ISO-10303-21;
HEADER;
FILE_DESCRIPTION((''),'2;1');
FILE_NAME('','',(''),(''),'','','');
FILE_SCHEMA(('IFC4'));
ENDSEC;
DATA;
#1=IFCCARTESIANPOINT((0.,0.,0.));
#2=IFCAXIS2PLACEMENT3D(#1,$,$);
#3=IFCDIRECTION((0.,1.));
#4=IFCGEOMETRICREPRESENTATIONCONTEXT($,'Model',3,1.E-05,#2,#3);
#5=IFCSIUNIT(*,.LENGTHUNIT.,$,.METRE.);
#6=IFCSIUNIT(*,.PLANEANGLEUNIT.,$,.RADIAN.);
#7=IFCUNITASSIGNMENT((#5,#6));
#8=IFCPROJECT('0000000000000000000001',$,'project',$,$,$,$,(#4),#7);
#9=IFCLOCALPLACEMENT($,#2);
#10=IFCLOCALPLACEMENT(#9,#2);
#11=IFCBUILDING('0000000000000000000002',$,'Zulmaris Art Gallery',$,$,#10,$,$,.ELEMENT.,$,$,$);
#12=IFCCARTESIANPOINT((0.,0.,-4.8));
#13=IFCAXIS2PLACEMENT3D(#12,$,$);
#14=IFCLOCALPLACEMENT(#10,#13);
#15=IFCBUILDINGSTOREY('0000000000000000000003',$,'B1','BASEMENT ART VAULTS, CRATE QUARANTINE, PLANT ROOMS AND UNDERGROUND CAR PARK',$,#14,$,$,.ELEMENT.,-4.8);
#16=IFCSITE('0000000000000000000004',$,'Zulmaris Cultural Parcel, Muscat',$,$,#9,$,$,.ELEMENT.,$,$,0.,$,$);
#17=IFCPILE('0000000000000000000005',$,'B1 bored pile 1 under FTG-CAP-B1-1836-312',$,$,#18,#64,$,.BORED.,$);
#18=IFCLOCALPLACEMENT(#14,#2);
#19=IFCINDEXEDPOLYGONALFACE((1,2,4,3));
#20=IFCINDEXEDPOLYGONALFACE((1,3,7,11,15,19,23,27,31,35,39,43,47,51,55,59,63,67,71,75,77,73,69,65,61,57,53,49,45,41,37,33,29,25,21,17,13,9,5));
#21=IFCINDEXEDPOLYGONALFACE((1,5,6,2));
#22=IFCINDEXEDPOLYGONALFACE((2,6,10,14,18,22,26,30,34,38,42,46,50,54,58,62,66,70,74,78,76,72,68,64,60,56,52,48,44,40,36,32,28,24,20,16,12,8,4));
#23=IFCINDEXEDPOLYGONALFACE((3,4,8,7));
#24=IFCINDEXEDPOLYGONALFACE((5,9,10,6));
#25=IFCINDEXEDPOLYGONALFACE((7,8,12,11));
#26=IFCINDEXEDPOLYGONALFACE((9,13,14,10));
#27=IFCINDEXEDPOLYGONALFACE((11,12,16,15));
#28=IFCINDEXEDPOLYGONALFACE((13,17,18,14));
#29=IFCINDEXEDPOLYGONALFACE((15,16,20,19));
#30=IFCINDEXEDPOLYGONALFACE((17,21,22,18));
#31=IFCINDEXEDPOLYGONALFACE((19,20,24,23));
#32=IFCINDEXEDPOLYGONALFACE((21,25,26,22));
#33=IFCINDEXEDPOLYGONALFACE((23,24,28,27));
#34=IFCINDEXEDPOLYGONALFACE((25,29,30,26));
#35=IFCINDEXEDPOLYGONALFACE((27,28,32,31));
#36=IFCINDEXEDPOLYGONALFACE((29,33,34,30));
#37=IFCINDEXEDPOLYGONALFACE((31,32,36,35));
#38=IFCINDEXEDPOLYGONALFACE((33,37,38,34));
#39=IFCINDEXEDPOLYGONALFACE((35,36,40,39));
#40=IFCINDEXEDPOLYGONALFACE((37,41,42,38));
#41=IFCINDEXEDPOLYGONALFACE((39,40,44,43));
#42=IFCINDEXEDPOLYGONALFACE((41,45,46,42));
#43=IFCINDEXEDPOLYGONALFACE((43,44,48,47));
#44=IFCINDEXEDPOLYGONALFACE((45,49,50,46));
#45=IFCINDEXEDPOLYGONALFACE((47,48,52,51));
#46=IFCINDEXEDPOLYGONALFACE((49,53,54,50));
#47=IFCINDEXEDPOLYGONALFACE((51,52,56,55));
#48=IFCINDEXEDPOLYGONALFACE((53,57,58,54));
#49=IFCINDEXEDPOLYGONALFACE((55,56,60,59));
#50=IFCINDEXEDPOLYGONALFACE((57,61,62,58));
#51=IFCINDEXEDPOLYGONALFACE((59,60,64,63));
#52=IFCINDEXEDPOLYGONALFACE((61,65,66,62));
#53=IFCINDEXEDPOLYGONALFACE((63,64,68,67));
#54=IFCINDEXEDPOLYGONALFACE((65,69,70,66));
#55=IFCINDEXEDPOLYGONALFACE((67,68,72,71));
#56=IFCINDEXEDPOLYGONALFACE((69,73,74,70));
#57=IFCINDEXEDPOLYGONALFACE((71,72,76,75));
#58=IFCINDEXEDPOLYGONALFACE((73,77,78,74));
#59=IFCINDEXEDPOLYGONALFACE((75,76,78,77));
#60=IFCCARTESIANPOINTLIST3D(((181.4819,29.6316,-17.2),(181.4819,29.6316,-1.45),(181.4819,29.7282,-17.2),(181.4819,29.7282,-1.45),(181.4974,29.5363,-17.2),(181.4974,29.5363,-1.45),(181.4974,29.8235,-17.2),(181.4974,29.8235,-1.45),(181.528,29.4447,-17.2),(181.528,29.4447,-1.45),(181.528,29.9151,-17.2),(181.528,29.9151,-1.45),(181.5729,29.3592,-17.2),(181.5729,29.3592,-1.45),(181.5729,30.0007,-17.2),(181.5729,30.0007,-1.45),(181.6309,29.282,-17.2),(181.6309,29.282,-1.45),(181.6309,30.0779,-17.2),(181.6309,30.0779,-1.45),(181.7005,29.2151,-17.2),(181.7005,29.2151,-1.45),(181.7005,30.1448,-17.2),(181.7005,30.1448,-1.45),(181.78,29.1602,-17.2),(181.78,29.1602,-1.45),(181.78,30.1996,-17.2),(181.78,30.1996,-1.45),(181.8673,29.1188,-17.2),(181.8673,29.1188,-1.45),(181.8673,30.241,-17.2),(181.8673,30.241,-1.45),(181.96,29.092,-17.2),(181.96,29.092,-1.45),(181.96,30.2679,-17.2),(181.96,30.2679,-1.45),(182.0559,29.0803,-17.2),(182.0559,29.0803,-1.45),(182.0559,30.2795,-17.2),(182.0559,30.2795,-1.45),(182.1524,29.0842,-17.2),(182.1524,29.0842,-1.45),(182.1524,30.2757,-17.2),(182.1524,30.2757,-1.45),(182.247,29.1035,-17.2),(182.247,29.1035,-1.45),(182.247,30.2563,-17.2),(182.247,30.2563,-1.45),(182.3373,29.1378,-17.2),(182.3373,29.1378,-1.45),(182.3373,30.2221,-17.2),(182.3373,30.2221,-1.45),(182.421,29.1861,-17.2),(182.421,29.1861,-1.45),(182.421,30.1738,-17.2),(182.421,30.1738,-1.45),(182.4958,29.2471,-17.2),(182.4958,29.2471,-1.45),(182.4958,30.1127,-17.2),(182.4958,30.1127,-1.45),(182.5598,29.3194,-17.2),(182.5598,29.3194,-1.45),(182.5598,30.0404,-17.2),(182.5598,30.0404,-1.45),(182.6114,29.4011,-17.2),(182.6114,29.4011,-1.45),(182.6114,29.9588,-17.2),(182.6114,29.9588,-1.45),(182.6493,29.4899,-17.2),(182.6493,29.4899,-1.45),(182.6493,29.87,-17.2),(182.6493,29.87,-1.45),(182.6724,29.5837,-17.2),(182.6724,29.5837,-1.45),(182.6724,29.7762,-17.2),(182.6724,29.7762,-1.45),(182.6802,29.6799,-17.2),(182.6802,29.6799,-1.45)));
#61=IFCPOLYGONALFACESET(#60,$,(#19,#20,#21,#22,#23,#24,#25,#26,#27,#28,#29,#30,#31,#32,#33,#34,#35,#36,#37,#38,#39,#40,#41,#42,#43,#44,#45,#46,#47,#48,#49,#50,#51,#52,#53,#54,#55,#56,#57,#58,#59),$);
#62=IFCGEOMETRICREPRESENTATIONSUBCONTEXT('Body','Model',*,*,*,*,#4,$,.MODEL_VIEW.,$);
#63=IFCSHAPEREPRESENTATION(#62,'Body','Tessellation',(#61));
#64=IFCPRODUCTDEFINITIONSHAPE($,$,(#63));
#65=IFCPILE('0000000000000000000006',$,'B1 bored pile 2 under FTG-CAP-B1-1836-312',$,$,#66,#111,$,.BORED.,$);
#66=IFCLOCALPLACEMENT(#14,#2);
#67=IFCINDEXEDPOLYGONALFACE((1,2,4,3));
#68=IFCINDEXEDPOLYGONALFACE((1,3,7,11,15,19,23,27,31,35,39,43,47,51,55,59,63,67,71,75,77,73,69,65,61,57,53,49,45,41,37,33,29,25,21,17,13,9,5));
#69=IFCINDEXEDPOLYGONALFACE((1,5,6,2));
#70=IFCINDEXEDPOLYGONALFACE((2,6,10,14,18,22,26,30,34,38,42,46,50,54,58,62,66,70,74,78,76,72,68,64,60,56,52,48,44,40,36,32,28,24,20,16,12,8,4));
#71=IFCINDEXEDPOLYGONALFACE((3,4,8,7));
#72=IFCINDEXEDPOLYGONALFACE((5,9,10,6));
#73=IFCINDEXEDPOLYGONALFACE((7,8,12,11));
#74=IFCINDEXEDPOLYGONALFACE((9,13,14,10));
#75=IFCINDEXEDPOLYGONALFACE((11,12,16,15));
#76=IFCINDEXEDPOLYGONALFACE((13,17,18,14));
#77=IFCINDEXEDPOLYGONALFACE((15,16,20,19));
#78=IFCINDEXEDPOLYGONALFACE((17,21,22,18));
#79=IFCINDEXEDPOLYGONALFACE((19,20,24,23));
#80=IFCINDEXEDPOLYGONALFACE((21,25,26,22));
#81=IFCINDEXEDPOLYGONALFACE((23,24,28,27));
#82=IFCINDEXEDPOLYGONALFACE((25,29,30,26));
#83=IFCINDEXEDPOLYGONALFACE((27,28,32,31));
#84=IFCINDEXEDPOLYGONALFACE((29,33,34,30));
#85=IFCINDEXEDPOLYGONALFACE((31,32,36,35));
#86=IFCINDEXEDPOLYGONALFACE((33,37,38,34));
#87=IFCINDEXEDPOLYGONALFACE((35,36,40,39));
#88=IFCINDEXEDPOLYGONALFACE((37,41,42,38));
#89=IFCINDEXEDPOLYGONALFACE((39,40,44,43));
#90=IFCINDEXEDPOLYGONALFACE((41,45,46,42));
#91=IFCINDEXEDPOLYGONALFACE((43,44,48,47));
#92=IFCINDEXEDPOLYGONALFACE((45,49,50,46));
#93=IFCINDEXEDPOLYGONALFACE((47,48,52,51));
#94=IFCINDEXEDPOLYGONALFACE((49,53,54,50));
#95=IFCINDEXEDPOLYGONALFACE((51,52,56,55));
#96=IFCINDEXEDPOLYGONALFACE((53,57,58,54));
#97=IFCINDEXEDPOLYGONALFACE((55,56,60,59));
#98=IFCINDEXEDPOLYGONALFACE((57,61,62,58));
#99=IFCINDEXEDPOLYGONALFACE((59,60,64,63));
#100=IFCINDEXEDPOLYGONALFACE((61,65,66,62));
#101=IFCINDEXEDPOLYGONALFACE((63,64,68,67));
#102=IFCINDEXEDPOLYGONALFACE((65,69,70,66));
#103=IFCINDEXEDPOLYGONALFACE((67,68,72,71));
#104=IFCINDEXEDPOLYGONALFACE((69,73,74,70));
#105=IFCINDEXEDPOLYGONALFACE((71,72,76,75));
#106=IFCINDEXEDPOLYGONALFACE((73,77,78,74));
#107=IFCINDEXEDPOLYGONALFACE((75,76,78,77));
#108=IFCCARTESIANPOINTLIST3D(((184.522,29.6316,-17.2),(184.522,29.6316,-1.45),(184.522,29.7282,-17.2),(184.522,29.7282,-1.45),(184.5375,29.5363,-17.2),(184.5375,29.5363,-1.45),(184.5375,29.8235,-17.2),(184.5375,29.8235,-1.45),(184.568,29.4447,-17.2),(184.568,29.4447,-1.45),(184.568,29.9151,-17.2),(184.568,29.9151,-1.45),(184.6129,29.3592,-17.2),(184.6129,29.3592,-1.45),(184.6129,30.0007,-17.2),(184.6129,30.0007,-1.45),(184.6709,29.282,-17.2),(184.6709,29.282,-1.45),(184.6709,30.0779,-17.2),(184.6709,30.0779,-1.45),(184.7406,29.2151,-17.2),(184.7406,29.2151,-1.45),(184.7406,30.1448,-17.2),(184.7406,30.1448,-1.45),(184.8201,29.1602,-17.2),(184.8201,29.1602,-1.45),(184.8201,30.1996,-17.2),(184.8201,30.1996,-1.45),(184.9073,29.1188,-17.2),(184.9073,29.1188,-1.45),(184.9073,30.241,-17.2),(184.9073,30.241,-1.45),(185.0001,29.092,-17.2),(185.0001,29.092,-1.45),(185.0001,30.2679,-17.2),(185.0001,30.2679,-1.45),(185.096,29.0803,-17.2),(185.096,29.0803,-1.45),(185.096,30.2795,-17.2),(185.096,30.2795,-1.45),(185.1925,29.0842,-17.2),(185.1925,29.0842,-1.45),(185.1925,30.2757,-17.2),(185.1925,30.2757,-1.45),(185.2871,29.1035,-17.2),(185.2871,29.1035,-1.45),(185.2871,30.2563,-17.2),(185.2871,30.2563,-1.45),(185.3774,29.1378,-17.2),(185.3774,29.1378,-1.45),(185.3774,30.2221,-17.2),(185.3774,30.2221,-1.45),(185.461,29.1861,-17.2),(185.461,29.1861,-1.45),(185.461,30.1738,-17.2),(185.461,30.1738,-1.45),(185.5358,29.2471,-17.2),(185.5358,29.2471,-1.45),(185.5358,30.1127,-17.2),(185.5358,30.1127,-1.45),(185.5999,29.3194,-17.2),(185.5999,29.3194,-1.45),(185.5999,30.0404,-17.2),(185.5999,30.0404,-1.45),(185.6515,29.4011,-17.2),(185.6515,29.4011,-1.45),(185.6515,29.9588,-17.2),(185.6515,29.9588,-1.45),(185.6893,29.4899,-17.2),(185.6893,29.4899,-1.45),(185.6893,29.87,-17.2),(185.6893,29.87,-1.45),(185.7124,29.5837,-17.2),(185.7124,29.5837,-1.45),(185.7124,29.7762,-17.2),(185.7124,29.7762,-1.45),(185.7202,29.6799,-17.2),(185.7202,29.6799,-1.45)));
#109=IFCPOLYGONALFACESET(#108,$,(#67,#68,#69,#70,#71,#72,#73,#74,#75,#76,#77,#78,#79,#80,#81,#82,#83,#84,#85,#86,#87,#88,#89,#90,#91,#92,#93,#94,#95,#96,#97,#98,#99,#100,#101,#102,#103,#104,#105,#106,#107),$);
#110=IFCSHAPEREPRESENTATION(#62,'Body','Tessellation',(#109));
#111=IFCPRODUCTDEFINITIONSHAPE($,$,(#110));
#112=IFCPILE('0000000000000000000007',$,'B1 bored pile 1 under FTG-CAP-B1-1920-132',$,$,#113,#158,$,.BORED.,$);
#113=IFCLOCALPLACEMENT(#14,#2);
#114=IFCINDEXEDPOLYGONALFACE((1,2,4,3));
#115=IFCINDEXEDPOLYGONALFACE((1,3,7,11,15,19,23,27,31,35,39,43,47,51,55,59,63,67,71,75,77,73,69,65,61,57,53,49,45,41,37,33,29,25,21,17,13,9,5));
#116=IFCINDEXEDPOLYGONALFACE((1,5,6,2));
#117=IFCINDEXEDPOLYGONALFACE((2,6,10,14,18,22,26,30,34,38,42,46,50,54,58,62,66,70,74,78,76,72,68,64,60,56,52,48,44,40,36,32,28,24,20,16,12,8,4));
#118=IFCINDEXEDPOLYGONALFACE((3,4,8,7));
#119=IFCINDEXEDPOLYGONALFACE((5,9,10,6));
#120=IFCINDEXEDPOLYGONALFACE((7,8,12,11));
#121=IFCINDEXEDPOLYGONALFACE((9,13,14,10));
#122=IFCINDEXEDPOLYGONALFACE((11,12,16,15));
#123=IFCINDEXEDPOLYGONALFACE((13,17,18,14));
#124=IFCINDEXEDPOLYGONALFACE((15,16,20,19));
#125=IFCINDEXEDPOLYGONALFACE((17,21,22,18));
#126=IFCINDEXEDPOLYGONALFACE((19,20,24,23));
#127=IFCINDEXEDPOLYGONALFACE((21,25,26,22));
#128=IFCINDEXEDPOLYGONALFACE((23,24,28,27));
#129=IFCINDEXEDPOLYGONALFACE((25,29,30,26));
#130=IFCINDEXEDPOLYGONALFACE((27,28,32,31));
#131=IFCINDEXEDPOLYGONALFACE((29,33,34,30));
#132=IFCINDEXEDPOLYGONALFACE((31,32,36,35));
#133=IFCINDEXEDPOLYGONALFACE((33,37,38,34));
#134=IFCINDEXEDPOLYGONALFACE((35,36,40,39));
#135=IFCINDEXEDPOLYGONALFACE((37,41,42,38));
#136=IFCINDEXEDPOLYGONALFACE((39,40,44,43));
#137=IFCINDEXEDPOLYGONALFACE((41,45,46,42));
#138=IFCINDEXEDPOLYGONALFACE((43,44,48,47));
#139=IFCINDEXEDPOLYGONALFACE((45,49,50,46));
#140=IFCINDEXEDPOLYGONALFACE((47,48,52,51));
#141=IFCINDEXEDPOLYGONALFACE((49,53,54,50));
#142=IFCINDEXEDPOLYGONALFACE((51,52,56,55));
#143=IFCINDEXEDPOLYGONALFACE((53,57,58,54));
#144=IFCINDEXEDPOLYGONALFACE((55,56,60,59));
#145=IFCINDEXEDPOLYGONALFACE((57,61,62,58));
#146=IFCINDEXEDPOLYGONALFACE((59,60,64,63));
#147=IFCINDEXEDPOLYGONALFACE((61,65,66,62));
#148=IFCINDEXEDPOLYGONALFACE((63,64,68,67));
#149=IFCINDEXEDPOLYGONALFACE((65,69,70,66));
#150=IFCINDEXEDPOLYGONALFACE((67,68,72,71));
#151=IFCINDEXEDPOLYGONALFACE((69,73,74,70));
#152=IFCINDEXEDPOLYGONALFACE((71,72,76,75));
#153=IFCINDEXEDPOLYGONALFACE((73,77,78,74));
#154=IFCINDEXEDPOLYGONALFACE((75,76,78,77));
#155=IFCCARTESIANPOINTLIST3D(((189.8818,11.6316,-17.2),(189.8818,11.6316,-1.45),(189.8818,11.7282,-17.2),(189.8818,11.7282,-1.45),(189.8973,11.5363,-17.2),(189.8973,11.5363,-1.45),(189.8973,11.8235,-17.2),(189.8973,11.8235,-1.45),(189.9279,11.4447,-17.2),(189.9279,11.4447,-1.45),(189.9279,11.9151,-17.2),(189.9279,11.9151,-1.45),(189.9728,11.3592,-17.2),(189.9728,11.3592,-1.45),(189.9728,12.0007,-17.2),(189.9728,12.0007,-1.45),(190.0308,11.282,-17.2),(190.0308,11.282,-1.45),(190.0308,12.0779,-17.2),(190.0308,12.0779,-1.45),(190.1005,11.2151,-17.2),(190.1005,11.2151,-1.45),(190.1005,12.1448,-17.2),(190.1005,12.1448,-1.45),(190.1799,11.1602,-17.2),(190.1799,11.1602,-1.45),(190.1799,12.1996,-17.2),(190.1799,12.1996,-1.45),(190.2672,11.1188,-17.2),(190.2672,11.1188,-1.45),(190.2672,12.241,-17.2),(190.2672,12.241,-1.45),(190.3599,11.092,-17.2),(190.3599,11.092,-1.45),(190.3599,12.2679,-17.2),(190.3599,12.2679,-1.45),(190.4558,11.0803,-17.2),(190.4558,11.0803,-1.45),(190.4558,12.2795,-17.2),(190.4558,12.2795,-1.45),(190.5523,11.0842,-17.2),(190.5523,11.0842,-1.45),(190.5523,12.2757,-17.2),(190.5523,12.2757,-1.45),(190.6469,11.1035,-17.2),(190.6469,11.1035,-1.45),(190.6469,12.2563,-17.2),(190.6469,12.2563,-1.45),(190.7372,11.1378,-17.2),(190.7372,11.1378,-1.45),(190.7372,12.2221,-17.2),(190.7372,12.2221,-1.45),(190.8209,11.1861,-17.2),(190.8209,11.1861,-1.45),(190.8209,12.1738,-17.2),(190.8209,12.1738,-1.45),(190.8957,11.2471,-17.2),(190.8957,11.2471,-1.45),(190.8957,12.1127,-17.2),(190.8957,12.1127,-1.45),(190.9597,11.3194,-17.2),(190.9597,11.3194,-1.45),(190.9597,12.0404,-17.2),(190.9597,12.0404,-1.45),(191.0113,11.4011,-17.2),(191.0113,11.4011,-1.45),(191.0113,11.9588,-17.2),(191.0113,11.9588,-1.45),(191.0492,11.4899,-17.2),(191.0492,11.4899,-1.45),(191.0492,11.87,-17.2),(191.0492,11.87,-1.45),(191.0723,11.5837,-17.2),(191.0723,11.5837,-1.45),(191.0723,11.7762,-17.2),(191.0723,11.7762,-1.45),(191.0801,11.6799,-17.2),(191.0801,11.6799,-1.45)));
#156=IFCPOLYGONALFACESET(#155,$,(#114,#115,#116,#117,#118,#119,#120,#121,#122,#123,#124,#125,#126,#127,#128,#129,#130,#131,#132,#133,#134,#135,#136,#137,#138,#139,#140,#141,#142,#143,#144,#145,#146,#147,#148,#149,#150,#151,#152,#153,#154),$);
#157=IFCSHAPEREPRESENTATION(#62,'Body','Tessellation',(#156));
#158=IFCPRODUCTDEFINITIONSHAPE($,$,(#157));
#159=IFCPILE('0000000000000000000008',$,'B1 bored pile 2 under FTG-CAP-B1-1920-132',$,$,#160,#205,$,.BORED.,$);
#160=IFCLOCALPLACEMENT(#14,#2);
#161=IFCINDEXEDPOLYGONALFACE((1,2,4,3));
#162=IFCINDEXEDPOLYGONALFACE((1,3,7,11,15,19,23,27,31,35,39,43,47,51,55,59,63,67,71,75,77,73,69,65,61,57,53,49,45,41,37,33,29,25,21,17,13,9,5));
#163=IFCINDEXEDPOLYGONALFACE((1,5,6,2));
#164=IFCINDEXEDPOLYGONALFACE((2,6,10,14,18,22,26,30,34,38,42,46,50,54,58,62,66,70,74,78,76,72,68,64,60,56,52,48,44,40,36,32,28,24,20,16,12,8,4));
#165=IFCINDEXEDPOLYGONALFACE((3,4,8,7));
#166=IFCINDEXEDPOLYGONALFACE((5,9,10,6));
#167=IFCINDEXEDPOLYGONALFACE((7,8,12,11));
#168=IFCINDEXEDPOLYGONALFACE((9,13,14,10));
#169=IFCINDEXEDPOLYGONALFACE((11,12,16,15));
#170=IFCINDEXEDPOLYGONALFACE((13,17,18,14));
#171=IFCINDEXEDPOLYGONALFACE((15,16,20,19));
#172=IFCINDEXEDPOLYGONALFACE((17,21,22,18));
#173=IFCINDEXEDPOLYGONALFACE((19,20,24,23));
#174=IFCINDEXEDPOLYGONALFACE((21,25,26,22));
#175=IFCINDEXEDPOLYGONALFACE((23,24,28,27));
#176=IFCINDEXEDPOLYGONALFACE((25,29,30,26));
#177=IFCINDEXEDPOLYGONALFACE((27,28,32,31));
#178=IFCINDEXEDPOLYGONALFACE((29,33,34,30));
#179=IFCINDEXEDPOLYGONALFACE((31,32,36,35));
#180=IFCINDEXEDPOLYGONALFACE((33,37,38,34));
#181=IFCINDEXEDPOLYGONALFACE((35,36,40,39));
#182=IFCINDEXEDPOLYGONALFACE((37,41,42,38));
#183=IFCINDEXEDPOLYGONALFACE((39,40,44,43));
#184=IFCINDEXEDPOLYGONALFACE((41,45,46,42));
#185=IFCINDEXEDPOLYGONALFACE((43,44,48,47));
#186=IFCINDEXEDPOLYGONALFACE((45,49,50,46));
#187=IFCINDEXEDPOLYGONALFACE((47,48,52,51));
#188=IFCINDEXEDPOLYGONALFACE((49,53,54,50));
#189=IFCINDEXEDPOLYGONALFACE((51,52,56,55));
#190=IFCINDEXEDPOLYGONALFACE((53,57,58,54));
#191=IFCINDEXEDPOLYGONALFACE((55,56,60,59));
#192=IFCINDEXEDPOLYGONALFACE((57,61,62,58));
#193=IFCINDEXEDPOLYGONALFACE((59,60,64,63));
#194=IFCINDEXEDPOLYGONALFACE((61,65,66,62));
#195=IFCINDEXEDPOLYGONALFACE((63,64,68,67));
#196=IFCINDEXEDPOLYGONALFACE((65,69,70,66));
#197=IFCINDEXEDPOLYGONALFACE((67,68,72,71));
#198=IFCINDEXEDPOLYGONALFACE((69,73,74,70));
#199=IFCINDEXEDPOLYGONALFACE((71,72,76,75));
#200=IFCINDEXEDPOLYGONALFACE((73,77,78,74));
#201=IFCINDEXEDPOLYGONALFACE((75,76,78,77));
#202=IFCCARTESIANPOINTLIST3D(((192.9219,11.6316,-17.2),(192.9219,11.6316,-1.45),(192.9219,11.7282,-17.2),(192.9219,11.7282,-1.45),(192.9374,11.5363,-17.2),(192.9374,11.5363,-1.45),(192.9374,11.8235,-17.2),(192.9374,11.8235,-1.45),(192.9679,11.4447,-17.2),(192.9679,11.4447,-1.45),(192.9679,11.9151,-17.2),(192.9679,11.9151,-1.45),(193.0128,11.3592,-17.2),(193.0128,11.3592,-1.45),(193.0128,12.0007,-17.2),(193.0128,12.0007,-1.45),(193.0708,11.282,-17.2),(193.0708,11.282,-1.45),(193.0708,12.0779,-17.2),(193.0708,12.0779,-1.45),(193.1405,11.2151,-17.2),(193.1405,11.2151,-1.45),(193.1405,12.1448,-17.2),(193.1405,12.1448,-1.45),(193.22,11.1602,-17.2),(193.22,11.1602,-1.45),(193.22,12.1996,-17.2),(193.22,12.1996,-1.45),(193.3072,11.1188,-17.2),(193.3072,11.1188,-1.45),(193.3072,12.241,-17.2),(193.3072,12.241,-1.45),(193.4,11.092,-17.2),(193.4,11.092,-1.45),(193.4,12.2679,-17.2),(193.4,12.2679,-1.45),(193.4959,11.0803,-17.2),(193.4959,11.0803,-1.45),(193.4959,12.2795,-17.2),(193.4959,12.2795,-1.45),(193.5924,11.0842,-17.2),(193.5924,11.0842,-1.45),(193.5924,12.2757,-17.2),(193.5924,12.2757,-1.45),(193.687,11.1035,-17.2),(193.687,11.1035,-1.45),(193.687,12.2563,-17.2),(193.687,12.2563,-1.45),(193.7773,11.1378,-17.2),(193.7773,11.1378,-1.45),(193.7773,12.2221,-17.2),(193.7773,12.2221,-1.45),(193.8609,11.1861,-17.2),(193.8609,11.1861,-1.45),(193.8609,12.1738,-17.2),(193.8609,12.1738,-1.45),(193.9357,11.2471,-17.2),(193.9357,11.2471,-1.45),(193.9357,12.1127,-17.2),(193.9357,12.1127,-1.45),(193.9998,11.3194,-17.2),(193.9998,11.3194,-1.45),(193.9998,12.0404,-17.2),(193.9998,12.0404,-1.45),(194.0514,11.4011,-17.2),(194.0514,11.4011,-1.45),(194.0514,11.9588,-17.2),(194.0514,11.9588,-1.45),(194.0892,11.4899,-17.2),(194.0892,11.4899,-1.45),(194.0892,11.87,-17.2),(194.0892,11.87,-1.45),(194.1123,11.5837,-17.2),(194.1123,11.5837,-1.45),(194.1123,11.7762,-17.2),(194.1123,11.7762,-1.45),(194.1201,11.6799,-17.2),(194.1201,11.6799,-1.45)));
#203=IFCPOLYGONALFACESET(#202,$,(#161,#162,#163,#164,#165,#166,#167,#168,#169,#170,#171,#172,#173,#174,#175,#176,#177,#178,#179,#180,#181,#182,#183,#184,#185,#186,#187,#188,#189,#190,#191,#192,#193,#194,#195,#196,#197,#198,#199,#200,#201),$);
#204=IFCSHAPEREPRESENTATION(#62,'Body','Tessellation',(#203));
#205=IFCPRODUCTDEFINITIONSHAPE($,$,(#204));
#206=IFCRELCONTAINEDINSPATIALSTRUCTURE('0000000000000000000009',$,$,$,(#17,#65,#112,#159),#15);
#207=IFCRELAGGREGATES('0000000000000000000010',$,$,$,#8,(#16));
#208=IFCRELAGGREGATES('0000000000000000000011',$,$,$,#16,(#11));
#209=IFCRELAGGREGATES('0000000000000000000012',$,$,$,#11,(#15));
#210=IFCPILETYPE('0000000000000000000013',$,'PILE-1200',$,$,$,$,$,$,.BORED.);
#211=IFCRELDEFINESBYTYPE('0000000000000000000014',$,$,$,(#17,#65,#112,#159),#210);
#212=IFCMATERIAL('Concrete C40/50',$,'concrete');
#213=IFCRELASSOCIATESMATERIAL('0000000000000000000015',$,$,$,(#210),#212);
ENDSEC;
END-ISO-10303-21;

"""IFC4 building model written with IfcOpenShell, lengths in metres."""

from ifc_helpers import new_model, si_unit, direction, frame, origin, origin_2d, place, context, subcontext, project, spatial, circle, extrude, material, material_profile, profile_set, type_object, element, save


model = new_model("IFC4")

# Units and contexts
model_context = context("Model", 3, precision=1e-05, world=origin(), true_north=direction((0.0, 1.0)))
body_context = subcontext(model_context, "Body", "Model", "MODEL_VIEW")
ifc_project = project(units=[si_unit("LENGTHUNIT", "METRE"), si_unit("PLANEANGLEUNIT", "RADIAN")], contexts=[model_context])

# Site, building, storey
site_placement = place(None, origin())
site = spatial("IfcSite", under=ifc_project, at=site_placement, Name="Zulmaris Cultural Parcel, Muscat", CompositionType="ELEMENT", RefElevation=0.0)
building_placement = place(site_placement, origin())
building = spatial("IfcBuilding", under=site, at=building_placement, Name="Zulmaris Art Gallery", CompositionType="ELEMENT")
storey_placement = place(building_placement, frame((0.0, 0.0, -4.8)))
storey = spatial("IfcBuildingStorey", under=building, at=storey_placement, Name="B1", Description="BASEMENT ART VAULTS, CRATE QUARANTINE, PLANT ROOMS AND UNDERGROUND CAR PARK", CompositionType="ELEMENT", Elevation=-4.8)

# Piles
ifc_material_1 = material(Name="Concrete C40/50", Category="concrete")
ifc_material_profile_1 = material_profile(ifc_material_1, circle(Radius=0.6001, at=origin_2d()), Name="PILE DIA 1200")
ifc_profile_set_1 = profile_set([ifc_material_profile_1], Name="Concrete C40/50")
pile_type = type_object("IfcPileType", Name="PILE-1200", PredefinedType="BORED", material=ifc_profile_set_1)
for number, where, z_axis, x_axis, name in (
    (1, (182.0801, 29.6799, -1.45), (0.0, 0.0, -1.0), (1.0, 0.0, 0.0), "B1 bored pile 1 under FTG-CAP-B1-1836-312"),
    (2, (185.1201, 29.6799, -1.45), (0.0, 0.0, -1.0), (1.0, 0.0, 0.0), "B1 bored pile 2 under FTG-CAP-B1-1836-312"),
    (3, (190.48, 11.6799, -1.45), (0.0, 0.0, -1.0), (1.0, 0.0, 0.0), "B1 bored pile 1 under FTG-CAP-B1-1920-132"),
    (4, (193.52, 11.6799, -1.45), (0.0, 0.0, -1.0), (1.0, 0.0, 0.0), "B1 bored pile 2 under FTG-CAP-B1-1920-132"),
):
    element("IfcPile", number, at=place(storey_placement, frame(where, z_axis=z_axis, x_axis=x_axis)), inside=storey, type_object=pile_type, Name=name, PredefinedType="BORED", context=body_context, shape_type="SweptSolid", body=[
        extrude(circle(Radius=0.6001, at=origin_2d()), origin(), (0.0, 0.0, 1.0), 15.75),
    ])

save(model, "model.ifc")
